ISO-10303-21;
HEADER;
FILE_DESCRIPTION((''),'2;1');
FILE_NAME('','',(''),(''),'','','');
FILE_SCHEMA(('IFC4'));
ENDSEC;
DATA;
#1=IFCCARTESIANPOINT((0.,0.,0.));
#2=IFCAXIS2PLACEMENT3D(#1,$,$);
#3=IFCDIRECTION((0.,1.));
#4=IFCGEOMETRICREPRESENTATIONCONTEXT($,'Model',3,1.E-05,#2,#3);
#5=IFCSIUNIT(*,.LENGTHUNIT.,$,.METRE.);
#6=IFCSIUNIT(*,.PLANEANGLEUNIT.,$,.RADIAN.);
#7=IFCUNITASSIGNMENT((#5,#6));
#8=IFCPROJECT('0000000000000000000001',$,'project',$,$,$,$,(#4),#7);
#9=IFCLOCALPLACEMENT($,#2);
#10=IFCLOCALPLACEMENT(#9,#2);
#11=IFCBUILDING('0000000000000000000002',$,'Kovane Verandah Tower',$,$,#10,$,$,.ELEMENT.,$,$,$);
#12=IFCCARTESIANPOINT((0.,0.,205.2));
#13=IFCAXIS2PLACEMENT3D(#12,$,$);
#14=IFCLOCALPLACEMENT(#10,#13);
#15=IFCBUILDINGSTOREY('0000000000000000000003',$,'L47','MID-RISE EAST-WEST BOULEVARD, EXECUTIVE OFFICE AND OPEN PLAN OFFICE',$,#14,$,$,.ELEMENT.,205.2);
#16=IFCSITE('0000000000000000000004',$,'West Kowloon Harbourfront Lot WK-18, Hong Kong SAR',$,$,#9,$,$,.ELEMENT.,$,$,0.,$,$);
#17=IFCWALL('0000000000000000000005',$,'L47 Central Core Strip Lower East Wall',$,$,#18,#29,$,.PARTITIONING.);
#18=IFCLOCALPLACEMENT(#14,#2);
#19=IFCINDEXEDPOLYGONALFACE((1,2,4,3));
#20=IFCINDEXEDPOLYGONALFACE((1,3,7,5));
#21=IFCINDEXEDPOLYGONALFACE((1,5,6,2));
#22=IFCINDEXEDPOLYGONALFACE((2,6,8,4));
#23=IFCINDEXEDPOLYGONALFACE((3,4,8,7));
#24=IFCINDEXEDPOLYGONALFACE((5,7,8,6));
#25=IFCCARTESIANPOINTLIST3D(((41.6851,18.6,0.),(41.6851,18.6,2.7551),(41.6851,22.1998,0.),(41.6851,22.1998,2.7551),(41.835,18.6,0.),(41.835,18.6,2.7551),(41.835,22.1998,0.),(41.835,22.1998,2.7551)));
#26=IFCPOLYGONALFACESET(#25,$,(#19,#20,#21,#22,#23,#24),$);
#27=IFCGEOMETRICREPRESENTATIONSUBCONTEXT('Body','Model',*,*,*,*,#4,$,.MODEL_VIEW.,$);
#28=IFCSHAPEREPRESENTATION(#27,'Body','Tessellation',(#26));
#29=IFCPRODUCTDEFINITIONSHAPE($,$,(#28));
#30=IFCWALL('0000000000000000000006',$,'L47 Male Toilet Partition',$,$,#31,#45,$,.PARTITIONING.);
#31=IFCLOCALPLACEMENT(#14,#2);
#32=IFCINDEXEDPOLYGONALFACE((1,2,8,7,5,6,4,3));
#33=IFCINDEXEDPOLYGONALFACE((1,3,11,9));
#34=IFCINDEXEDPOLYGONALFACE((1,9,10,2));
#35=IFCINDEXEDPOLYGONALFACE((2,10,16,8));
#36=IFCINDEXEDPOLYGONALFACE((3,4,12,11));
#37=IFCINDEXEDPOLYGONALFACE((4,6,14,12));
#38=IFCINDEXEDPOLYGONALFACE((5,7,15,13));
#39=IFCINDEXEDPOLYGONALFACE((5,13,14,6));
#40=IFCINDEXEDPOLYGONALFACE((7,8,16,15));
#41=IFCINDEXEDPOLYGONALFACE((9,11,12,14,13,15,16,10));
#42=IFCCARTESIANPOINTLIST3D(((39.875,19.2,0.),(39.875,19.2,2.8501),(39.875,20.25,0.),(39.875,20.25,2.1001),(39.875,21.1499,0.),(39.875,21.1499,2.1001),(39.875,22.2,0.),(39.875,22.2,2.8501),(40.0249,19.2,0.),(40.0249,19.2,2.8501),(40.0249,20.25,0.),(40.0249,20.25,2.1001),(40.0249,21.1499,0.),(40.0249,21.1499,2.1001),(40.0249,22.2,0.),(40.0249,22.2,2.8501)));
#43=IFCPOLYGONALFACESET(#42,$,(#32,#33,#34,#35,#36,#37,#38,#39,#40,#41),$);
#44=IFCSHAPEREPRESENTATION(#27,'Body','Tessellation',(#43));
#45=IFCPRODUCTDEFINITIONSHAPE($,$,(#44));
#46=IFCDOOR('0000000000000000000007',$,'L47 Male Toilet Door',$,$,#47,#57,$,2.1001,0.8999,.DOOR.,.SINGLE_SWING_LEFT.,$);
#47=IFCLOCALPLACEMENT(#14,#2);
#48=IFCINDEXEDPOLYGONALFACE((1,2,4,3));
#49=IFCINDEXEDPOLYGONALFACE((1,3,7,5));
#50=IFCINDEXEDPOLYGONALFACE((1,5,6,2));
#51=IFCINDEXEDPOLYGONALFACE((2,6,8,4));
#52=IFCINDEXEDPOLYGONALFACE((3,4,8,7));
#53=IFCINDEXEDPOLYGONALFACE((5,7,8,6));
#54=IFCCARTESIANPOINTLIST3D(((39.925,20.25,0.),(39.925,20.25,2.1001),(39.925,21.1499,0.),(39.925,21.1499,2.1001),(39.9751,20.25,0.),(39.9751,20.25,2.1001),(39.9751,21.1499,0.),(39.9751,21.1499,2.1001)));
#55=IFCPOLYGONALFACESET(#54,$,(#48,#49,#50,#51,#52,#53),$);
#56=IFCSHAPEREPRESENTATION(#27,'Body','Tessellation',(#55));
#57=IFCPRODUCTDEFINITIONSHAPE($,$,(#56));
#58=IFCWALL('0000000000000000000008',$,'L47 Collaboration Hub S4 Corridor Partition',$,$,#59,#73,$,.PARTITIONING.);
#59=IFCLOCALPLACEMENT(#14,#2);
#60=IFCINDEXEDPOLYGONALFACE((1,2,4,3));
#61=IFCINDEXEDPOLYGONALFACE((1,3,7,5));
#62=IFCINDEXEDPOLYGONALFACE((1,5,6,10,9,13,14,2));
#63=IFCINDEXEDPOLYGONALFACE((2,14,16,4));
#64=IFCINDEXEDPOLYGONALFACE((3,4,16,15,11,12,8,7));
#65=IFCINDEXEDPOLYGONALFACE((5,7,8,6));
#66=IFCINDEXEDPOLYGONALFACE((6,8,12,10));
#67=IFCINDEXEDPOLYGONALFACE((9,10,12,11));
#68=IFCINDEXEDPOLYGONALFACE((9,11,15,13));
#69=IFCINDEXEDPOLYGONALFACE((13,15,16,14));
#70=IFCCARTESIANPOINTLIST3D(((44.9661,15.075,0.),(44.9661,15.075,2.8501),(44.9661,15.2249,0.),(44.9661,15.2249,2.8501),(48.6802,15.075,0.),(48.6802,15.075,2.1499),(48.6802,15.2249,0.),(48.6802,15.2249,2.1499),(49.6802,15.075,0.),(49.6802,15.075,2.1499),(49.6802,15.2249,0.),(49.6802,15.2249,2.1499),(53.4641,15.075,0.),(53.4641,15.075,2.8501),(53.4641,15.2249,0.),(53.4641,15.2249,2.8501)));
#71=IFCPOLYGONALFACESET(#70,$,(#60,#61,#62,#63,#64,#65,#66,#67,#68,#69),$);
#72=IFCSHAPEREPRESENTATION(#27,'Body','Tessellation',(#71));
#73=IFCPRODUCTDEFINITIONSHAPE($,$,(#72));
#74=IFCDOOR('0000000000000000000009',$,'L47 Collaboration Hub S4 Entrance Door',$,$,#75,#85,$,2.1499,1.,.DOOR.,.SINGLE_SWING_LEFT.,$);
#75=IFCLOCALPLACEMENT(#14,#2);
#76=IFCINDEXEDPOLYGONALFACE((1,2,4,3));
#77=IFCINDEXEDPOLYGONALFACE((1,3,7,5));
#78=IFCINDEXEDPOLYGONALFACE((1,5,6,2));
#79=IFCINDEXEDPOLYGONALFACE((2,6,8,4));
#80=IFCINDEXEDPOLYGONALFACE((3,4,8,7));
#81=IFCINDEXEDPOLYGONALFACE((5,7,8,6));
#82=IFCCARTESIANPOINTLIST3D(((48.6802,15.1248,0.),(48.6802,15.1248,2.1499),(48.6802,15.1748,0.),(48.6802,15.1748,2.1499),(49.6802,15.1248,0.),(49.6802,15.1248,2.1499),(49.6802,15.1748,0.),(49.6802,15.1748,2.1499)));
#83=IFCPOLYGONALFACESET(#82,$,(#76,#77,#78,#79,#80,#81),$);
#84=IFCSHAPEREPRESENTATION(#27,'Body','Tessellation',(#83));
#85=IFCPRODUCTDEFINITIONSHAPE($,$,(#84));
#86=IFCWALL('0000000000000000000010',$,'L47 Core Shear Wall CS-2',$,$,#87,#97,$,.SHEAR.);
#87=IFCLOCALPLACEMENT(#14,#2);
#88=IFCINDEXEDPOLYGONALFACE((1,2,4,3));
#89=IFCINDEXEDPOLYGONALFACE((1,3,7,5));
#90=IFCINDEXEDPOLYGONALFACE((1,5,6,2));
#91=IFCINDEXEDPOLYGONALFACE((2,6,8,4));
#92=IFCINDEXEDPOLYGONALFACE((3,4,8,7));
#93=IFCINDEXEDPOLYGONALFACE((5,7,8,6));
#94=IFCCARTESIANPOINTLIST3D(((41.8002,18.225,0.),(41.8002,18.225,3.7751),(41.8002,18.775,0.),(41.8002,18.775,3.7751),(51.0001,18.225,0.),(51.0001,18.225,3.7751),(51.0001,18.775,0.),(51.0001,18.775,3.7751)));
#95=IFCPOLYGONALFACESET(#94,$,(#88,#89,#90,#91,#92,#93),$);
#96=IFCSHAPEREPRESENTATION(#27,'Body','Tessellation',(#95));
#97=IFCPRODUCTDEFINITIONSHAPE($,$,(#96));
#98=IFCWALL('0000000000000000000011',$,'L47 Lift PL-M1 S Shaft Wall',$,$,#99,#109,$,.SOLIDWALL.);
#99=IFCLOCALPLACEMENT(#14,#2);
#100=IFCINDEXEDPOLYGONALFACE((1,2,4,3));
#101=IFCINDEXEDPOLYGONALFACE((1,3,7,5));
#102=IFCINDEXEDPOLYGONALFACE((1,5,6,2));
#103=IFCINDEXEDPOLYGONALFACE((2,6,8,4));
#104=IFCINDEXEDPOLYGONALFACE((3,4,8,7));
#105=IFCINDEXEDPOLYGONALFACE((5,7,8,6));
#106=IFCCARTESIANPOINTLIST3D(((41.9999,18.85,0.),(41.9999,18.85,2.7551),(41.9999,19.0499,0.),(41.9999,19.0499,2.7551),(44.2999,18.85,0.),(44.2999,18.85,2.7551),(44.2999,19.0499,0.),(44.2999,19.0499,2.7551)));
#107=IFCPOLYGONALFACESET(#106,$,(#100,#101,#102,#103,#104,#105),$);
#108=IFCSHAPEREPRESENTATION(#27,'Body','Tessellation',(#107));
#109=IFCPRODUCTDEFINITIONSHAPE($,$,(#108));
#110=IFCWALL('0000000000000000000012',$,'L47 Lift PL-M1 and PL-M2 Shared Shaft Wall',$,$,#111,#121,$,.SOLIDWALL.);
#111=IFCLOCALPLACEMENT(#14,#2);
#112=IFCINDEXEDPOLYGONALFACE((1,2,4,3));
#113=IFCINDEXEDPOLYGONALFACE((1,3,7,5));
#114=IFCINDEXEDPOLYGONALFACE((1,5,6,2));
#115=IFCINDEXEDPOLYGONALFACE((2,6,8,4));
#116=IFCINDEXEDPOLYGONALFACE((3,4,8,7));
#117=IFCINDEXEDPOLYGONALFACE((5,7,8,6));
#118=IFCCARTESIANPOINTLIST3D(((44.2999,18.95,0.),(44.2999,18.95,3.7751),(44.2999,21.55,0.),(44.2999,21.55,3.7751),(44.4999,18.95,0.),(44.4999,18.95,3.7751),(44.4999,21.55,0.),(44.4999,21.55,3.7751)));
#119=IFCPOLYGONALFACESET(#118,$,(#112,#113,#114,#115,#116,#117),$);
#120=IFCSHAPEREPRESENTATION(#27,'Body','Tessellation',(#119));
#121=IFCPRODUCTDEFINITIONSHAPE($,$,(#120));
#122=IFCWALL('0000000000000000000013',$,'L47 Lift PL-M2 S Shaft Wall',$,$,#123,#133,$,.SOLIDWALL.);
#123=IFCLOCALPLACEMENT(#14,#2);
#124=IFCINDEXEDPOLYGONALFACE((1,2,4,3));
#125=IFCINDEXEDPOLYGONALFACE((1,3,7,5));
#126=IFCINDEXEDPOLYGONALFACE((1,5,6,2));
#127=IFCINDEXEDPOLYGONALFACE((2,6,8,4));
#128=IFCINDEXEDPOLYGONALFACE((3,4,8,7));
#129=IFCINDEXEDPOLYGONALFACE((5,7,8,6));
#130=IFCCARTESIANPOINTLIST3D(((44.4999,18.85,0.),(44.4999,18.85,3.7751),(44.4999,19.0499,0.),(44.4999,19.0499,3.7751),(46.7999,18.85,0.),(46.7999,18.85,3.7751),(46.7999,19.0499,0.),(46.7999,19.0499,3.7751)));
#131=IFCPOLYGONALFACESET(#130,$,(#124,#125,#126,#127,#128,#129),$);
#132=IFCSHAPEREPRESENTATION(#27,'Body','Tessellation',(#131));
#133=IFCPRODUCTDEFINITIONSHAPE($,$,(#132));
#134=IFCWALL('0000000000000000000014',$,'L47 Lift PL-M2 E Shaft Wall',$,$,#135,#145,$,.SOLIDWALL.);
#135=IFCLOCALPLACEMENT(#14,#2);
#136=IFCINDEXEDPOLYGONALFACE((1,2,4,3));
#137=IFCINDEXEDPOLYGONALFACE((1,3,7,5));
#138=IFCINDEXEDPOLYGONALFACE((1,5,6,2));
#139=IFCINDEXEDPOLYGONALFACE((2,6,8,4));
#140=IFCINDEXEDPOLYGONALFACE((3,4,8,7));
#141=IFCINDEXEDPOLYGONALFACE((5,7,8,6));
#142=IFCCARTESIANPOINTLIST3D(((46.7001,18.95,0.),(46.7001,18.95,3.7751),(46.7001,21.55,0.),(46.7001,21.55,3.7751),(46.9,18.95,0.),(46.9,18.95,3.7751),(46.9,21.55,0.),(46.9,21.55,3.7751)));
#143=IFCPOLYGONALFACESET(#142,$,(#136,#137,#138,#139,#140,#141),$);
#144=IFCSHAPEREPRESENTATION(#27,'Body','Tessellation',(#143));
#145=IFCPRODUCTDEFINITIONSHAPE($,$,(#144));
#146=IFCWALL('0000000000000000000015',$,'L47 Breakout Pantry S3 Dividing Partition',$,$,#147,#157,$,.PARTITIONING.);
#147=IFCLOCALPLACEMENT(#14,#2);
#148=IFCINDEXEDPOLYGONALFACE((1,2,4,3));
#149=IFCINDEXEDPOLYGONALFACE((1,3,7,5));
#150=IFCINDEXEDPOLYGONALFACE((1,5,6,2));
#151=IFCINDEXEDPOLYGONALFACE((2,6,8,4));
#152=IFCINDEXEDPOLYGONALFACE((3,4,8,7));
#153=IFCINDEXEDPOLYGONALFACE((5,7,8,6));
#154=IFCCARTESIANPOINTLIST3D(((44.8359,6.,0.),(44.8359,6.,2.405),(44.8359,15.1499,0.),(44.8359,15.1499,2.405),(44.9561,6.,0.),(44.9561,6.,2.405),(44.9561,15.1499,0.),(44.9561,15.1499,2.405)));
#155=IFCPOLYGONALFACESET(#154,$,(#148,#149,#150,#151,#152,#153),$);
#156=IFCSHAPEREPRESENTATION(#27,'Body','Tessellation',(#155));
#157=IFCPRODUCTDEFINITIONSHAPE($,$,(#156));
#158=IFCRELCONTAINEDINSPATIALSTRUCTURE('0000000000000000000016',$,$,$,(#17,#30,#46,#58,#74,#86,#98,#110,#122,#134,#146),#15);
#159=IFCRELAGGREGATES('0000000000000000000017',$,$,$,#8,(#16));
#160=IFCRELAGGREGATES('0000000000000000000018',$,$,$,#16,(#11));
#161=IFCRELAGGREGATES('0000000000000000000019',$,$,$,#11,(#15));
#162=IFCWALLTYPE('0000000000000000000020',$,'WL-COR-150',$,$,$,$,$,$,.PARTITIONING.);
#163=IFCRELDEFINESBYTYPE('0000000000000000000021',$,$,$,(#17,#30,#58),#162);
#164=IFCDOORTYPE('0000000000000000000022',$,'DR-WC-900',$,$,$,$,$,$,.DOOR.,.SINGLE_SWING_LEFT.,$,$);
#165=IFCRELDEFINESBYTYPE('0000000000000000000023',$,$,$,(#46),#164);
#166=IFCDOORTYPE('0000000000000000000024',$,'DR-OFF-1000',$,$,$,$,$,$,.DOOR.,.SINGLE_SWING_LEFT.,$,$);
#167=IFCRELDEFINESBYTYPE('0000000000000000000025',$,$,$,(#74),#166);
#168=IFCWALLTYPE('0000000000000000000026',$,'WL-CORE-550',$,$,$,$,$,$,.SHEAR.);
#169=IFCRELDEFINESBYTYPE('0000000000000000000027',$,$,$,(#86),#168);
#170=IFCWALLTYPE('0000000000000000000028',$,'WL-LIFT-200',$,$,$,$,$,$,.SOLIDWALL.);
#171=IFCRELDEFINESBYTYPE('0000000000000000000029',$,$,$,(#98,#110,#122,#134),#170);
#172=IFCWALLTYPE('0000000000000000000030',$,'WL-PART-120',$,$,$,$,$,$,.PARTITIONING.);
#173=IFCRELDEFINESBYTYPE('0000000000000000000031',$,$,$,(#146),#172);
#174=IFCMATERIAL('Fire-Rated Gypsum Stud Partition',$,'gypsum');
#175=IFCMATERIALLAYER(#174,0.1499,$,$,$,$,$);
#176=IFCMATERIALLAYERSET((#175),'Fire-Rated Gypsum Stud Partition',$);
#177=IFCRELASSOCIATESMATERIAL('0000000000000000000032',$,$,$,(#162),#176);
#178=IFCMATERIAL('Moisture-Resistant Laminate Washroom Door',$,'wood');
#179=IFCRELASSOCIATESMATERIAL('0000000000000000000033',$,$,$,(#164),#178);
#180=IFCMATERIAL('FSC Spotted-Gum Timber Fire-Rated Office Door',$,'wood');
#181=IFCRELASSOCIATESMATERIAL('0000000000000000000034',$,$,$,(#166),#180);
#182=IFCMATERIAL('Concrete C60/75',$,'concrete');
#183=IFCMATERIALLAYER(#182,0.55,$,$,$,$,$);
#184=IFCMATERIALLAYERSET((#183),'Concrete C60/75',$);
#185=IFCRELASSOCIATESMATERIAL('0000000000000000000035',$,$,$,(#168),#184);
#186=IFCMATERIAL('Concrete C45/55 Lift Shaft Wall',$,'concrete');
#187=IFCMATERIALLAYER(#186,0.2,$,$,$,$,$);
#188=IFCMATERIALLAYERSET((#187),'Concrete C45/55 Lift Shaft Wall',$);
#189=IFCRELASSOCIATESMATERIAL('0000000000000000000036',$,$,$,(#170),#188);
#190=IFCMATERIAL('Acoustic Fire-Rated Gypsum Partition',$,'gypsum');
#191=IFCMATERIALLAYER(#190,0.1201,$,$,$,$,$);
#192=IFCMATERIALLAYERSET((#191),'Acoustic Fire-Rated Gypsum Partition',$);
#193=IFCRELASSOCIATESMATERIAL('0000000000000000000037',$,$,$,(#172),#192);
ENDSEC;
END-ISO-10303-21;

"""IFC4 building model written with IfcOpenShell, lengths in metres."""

from ifc_helpers import new_model, si_unit, direction, frame, frame_2d, origin, place, context, subcontext, project, spatial, rectangle, extrude, material, layer, layer_set, type_object, element, fill, save


model = new_model("IFC4")

# Units and contexts
model_context = context("Model", 3, precision=1e-05, world=origin(), true_north=direction((0.0, 1.0)))
body_context = subcontext(model_context, "Body", "Model", "MODEL_VIEW")
ifc_project = project(units=[si_unit("LENGTHUNIT", "METRE"), si_unit("PLANEANGLEUNIT", "RADIAN")], contexts=[model_context])

# Site, building, storey
site_placement = place(None, origin())
site = spatial("IfcSite", under=ifc_project, at=site_placement, Name="West Kowloon Harbourfront Lot WK-18, Hong Kong SAR", CompositionType="ELEMENT", RefElevation=0.0)
building_placement = place(site_placement, origin())
building = spatial("IfcBuilding", under=site, at=building_placement, Name="Kovane Verandah Tower", CompositionType="ELEMENT")
storey_placement = place(building_placement, frame((0.0, 0.0, 205.2)))
storey = spatial("IfcBuildingStorey", under=building, at=storey_placement, Name="L47", Description="MID-RISE EAST-WEST BOULEVARD, EXECUTIVE OFFICE AND OPEN PLAN OFFICE", CompositionType="ELEMENT", Elevation=205.2)

# Shared definitions
ifc_material_1 = material(Name="Concrete C60/75", Category="concrete")

# Wall
ifc_material_2 = material(Name="Fire-Rated Gypsum Stud Partition", Category="gypsum")
ifc_layer_1 = layer(ifc_material_2, 0.1499)
ifc_layer_set_1 = layer_set([ifc_layer_1], Name="Fire-Rated Gypsum Stud Partition")
wall_type_1 = type_object("IfcWallType", Name="WL-COR-150", PredefinedType="PARTITIONING", material=ifc_layer_set_1)
wall_1_placement = place(storey_placement, frame((41.76, 18.6001, 0.0), z_axis=(0.0, 0.0, 1.0), x_axis=(0.0, 1.0, 0.0)))
element("IfcWall", 1, at=wall_1_placement, inside=storey, type_object=wall_type_1, Name="L47 Central Core Strip Lower East Wall", PredefinedType="PARTITIONING", context=body_context, shape_type="SweptSolid", body=[
    extrude(rectangle(XDim=3.5999, YDim=0.1499, at=frame_2d((1.7998, 0.0))), origin(), (0.0, 0.0, 1.0), 2.7551),
])

# Walls, openings, doors
wall_2_placement = place(storey_placement, frame((39.95, 19.2, 0.0), z_axis=(0.0, 0.0, 1.0), x_axis=(0.0, 1.0, 0.0)))
wall_2 = element("IfcWall", 2, at=wall_2_placement, inside=storey, type_object=wall_type_1, Name="L47 Male Toilet Partition", PredefinedType="PARTITIONING", context=body_context, shape_type="SweptSolid", body=[
    extrude(rectangle(XDim=3.0, YDim=0.1499, at=frame_2d((1.5, 0.0))), origin(), (0.0, 0.0, 1.0), 2.8501),
])
opening_1_placement = place(wall_2_placement, frame((1.05, 0.0, 0.0)))
opening_1 = element("IfcOpeningElement", 3, at=opening_1_placement, cuts=wall_2, PredefinedType="OPENING", context=body_context, shape_type="SweptSolid", body=[
    extrude(rectangle(XDim=0.8999, YDim=2.1001, at=frame_2d((0.45, 1.05))), frame((0.0, 0.075, 0.0), z_axis=(0.0, -1.0, 0.0), x_axis=(1.0, 0.0, 0.0)), (0.0, 0.0, 1.0), 0.1499),
])
ifc_material_3 = material(Name="Moisture-Resistant Laminate Washroom Door", Category="wood")
door_type_1 = type_object("IfcDoorType", Name="DR-WC-900", OperationType="SINGLE_SWING_LEFT", PredefinedType="DOOR", material=ifc_material_3)
door_1_placement = place(opening_1_placement, origin())
door_1 = element("IfcDoor", 4, at=door_1_placement, inside=storey, type_object=door_type_1, Name="L47 Male Toilet Door", OperationType="SINGLE_SWING_LEFT", OverallHeight=2.1001, OverallWidth=0.8999, PredefinedType="DOOR", context=body_context, shape_type="SweptSolid", body=[
    extrude(rectangle(XDim=0.8999, YDim=2.1001, at=frame_2d((0.45, 1.05))), frame((0.0, 0.0249, 0.0), z_axis=(0.0, -1.0, 0.0), x_axis=(1.0, 0.0, 0.0)), (0.0, 0.0, 1.0), 0.05),
])
fill(opening_1, door_1)
ifc_material_4 = material(Name="FSC Spotted-Gum Timber Fire-Rated Office Door", Category="wood")
door_type_2 = type_object("IfcDoorType", Name="DR-OFF-1000", OperationType="SINGLE_SWING_LEFT", PredefinedType="DOOR", material=ifc_material_4)
wall_3_placement = place(storey_placement, frame((44.9661, 15.1499, 0.0), z_axis=(0.0, 0.0, 1.0), x_axis=(1.0, 0.0, 0.0)))
wall_3 = element("IfcWall", 5, at=wall_3_placement, inside=storey, type_object=wall_type_1, Name="L47 Collaboration Hub S4 Corridor Partition", PredefinedType="PARTITIONING", context=body_context, shape_type="SweptSolid", body=[
    extrude(rectangle(XDim=8.498, YDim=0.1499, at=frame_2d((4.249, 0.0))), origin(), (0.0, 0.0, 1.0), 2.8501),
])
opening_2_placement = place(wall_3_placement, frame((3.7141, 0.0, 0.0)))
opening_2 = element("IfcOpeningElement", 6, at=opening_2_placement, cuts=wall_3, PredefinedType="OPENING", context=body_context, shape_type="SweptSolid", body=[
    extrude(rectangle(XDim=1.0, YDim=2.1499, at=frame_2d((0.5, 1.075))), frame((0.0, 0.075, 0.0), z_axis=(0.0, -1.0, 0.0), x_axis=(1.0, 0.0, 0.0)), (0.0, 0.0, 1.0), 0.1499),
])
door_2_placement = place(opening_2_placement, origin())
door_2 = element("IfcDoor", 7, at=door_2_placement, inside=storey, type_object=door_type_2, Name="L47 Collaboration Hub S4 Entrance Door", OperationType="SINGLE_SWING_LEFT", OverallHeight=2.1499, OverallWidth=1.0, PredefinedType="DOOR", context=body_context, shape_type="SweptSolid", body=[
    extrude(rectangle(XDim=1.0, YDim=2.1499, at=frame_2d((0.5, 1.075))), frame((0.0, 0.0249, 0.0), z_axis=(0.0, -1.0, 0.0), x_axis=(1.0, 0.0, 0.0)), (0.0, 0.0, 1.0), 0.05),
])
fill(opening_2, door_2)

# Walls
ifc_layer_2 = layer(ifc_material_1, 0.55)
ifc_layer_set_2 = layer_set([ifc_layer_2], Name="Concrete C60/75")
wall_type_2 = type_object("IfcWallType", Name="WL-CORE-550", PredefinedType="SHEAR", material=ifc_layer_set_2)
wall_4_placement = place(storey_placement, frame((41.8, 18.5, 0.0), z_axis=(0.0, 0.0, 1.0), x_axis=(1.0, 0.0, 0.0)))
element("IfcWall", 8, at=wall_4_placement, inside=storey, type_object=wall_type_2, Name="L47 Core Shear Wall CS-2", PredefinedType="SHEAR", context=body_context, shape_type="SweptSolid", body=[
    extrude(rectangle(XDim=9.2, YDim=0.55, at=frame_2d((4.6001, 0.0))), origin(), (0.0, 0.0, 1.0), 3.7751),
])
ifc_material_5 = material(Name="Concrete C45/55 Lift Shaft Wall", Category="concrete")
ifc_layer_3 = layer(ifc_material_5, 0.2)
ifc_layer_set_3 = layer_set([ifc_layer_3], Name="Concrete C45/55 Lift Shaft Wall")
wall_type_3 = type_object("IfcWallType", Name="WL-LIFT-200", PredefinedType="SOLIDWALL", material=ifc_layer_set_3)
wall_5_placement = place(storey_placement, frame((42.0, 18.95, 0.0), z_axis=(0.0, 0.0, 1.0), x_axis=(1.0, 0.0, 0.0)))
element("IfcWall", 9, at=wall_5_placement, inside=storey, type_object=wall_type_3, Name="L47 Lift PL-M1 S Shaft Wall", PredefinedType="SOLIDWALL", context=body_context, shape_type="SweptSolid", body=[
    extrude(rectangle(XDim=2.3, YDim=0.2, at=frame_2d((1.1499, 0.0))), origin(), (0.0, 0.0, 1.0), 2.7551),
])
wall_6_placement = place(storey_placement, frame((44.3999, 18.95, 0.0), z_axis=(0.0, 0.0, 1.0), x_axis=(0.0, 1.0, 0.0)))
element("IfcWall", 10, at=wall_6_placement, inside=storey, type_object=wall_type_3, Name="L47 Lift PL-M1 and PL-M2 Shared Shaft Wall", PredefinedType="SOLIDWALL", context=body_context, shape_type="SweptSolid", body=[
    extrude(rectangle(XDim=2.6001, YDim=0.2, at=frame_2d((1.3, 0.0))), origin(), (0.0, 0.0, 1.0), 3.7751),
])
wall_7_placement = place(storey_placement, frame((44.5, 18.95, 0.0), z_axis=(0.0, 0.0, 1.0), x_axis=(1.0, 0.0, 0.0)))
element("IfcWall", 11, at=wall_7_placement, inside=storey, type_object=wall_type_3, Name="L47 Lift PL-M2 S Shaft Wall", PredefinedType="SOLIDWALL", context=body_context, shape_type="SweptSolid", body=[
    extrude(rectangle(XDim=2.3, YDim=0.2, at=frame_2d((1.1499, 0.0))), origin(), (0.0, 0.0, 1.0), 3.7751),
])
wall_8_placement = place(storey_placement, frame((46.8, 18.95, 0.0), z_axis=(0.0, 0.0, 1.0), x_axis=(0.0, 1.0, 0.0)))
element("IfcWall", 12, at=wall_8_placement, inside=storey, type_object=wall_type_3, Name="L47 Lift PL-M2 E Shaft Wall", PredefinedType="SOLIDWALL", context=body_context, shape_type="SweptSolid", body=[
    extrude(rectangle(XDim=2.6001, YDim=0.2, at=frame_2d((1.3, 0.0))), origin(), (0.0, 0.0, 1.0), 3.7751),
])
ifc_material_6 = material(Name="Acoustic Fire-Rated Gypsum Partition", Category="gypsum")
ifc_layer_4 = layer(ifc_material_6, 0.1201)
ifc_layer_set_4 = layer_set([ifc_layer_4], Name="Acoustic Fire-Rated Gypsum Partition")
wall_type_4 = type_object("IfcWallType", Name="WL-PART-120", PredefinedType="PARTITIONING", material=ifc_layer_set_4)
wall_9_placement = place(storey_placement, frame((44.896, 6.0, 0.0), z_axis=(0.0, 0.0, 1.0), x_axis=(0.0, 1.0, 0.0)))
element("IfcWall", 13, at=wall_9_placement, inside=storey, type_object=wall_type_4, Name="L47 Breakout Pantry S3 Dividing Partition", PredefinedType="PARTITIONING", context=body_context, shape_type="SweptSolid", body=[
    extrude(rectangle(XDim=9.1499, YDim=0.1201, at=frame_2d((4.575, 0.0))), origin(), (0.0, 0.0, 1.0), 2.405),
])

save(model, "model.ifc")
